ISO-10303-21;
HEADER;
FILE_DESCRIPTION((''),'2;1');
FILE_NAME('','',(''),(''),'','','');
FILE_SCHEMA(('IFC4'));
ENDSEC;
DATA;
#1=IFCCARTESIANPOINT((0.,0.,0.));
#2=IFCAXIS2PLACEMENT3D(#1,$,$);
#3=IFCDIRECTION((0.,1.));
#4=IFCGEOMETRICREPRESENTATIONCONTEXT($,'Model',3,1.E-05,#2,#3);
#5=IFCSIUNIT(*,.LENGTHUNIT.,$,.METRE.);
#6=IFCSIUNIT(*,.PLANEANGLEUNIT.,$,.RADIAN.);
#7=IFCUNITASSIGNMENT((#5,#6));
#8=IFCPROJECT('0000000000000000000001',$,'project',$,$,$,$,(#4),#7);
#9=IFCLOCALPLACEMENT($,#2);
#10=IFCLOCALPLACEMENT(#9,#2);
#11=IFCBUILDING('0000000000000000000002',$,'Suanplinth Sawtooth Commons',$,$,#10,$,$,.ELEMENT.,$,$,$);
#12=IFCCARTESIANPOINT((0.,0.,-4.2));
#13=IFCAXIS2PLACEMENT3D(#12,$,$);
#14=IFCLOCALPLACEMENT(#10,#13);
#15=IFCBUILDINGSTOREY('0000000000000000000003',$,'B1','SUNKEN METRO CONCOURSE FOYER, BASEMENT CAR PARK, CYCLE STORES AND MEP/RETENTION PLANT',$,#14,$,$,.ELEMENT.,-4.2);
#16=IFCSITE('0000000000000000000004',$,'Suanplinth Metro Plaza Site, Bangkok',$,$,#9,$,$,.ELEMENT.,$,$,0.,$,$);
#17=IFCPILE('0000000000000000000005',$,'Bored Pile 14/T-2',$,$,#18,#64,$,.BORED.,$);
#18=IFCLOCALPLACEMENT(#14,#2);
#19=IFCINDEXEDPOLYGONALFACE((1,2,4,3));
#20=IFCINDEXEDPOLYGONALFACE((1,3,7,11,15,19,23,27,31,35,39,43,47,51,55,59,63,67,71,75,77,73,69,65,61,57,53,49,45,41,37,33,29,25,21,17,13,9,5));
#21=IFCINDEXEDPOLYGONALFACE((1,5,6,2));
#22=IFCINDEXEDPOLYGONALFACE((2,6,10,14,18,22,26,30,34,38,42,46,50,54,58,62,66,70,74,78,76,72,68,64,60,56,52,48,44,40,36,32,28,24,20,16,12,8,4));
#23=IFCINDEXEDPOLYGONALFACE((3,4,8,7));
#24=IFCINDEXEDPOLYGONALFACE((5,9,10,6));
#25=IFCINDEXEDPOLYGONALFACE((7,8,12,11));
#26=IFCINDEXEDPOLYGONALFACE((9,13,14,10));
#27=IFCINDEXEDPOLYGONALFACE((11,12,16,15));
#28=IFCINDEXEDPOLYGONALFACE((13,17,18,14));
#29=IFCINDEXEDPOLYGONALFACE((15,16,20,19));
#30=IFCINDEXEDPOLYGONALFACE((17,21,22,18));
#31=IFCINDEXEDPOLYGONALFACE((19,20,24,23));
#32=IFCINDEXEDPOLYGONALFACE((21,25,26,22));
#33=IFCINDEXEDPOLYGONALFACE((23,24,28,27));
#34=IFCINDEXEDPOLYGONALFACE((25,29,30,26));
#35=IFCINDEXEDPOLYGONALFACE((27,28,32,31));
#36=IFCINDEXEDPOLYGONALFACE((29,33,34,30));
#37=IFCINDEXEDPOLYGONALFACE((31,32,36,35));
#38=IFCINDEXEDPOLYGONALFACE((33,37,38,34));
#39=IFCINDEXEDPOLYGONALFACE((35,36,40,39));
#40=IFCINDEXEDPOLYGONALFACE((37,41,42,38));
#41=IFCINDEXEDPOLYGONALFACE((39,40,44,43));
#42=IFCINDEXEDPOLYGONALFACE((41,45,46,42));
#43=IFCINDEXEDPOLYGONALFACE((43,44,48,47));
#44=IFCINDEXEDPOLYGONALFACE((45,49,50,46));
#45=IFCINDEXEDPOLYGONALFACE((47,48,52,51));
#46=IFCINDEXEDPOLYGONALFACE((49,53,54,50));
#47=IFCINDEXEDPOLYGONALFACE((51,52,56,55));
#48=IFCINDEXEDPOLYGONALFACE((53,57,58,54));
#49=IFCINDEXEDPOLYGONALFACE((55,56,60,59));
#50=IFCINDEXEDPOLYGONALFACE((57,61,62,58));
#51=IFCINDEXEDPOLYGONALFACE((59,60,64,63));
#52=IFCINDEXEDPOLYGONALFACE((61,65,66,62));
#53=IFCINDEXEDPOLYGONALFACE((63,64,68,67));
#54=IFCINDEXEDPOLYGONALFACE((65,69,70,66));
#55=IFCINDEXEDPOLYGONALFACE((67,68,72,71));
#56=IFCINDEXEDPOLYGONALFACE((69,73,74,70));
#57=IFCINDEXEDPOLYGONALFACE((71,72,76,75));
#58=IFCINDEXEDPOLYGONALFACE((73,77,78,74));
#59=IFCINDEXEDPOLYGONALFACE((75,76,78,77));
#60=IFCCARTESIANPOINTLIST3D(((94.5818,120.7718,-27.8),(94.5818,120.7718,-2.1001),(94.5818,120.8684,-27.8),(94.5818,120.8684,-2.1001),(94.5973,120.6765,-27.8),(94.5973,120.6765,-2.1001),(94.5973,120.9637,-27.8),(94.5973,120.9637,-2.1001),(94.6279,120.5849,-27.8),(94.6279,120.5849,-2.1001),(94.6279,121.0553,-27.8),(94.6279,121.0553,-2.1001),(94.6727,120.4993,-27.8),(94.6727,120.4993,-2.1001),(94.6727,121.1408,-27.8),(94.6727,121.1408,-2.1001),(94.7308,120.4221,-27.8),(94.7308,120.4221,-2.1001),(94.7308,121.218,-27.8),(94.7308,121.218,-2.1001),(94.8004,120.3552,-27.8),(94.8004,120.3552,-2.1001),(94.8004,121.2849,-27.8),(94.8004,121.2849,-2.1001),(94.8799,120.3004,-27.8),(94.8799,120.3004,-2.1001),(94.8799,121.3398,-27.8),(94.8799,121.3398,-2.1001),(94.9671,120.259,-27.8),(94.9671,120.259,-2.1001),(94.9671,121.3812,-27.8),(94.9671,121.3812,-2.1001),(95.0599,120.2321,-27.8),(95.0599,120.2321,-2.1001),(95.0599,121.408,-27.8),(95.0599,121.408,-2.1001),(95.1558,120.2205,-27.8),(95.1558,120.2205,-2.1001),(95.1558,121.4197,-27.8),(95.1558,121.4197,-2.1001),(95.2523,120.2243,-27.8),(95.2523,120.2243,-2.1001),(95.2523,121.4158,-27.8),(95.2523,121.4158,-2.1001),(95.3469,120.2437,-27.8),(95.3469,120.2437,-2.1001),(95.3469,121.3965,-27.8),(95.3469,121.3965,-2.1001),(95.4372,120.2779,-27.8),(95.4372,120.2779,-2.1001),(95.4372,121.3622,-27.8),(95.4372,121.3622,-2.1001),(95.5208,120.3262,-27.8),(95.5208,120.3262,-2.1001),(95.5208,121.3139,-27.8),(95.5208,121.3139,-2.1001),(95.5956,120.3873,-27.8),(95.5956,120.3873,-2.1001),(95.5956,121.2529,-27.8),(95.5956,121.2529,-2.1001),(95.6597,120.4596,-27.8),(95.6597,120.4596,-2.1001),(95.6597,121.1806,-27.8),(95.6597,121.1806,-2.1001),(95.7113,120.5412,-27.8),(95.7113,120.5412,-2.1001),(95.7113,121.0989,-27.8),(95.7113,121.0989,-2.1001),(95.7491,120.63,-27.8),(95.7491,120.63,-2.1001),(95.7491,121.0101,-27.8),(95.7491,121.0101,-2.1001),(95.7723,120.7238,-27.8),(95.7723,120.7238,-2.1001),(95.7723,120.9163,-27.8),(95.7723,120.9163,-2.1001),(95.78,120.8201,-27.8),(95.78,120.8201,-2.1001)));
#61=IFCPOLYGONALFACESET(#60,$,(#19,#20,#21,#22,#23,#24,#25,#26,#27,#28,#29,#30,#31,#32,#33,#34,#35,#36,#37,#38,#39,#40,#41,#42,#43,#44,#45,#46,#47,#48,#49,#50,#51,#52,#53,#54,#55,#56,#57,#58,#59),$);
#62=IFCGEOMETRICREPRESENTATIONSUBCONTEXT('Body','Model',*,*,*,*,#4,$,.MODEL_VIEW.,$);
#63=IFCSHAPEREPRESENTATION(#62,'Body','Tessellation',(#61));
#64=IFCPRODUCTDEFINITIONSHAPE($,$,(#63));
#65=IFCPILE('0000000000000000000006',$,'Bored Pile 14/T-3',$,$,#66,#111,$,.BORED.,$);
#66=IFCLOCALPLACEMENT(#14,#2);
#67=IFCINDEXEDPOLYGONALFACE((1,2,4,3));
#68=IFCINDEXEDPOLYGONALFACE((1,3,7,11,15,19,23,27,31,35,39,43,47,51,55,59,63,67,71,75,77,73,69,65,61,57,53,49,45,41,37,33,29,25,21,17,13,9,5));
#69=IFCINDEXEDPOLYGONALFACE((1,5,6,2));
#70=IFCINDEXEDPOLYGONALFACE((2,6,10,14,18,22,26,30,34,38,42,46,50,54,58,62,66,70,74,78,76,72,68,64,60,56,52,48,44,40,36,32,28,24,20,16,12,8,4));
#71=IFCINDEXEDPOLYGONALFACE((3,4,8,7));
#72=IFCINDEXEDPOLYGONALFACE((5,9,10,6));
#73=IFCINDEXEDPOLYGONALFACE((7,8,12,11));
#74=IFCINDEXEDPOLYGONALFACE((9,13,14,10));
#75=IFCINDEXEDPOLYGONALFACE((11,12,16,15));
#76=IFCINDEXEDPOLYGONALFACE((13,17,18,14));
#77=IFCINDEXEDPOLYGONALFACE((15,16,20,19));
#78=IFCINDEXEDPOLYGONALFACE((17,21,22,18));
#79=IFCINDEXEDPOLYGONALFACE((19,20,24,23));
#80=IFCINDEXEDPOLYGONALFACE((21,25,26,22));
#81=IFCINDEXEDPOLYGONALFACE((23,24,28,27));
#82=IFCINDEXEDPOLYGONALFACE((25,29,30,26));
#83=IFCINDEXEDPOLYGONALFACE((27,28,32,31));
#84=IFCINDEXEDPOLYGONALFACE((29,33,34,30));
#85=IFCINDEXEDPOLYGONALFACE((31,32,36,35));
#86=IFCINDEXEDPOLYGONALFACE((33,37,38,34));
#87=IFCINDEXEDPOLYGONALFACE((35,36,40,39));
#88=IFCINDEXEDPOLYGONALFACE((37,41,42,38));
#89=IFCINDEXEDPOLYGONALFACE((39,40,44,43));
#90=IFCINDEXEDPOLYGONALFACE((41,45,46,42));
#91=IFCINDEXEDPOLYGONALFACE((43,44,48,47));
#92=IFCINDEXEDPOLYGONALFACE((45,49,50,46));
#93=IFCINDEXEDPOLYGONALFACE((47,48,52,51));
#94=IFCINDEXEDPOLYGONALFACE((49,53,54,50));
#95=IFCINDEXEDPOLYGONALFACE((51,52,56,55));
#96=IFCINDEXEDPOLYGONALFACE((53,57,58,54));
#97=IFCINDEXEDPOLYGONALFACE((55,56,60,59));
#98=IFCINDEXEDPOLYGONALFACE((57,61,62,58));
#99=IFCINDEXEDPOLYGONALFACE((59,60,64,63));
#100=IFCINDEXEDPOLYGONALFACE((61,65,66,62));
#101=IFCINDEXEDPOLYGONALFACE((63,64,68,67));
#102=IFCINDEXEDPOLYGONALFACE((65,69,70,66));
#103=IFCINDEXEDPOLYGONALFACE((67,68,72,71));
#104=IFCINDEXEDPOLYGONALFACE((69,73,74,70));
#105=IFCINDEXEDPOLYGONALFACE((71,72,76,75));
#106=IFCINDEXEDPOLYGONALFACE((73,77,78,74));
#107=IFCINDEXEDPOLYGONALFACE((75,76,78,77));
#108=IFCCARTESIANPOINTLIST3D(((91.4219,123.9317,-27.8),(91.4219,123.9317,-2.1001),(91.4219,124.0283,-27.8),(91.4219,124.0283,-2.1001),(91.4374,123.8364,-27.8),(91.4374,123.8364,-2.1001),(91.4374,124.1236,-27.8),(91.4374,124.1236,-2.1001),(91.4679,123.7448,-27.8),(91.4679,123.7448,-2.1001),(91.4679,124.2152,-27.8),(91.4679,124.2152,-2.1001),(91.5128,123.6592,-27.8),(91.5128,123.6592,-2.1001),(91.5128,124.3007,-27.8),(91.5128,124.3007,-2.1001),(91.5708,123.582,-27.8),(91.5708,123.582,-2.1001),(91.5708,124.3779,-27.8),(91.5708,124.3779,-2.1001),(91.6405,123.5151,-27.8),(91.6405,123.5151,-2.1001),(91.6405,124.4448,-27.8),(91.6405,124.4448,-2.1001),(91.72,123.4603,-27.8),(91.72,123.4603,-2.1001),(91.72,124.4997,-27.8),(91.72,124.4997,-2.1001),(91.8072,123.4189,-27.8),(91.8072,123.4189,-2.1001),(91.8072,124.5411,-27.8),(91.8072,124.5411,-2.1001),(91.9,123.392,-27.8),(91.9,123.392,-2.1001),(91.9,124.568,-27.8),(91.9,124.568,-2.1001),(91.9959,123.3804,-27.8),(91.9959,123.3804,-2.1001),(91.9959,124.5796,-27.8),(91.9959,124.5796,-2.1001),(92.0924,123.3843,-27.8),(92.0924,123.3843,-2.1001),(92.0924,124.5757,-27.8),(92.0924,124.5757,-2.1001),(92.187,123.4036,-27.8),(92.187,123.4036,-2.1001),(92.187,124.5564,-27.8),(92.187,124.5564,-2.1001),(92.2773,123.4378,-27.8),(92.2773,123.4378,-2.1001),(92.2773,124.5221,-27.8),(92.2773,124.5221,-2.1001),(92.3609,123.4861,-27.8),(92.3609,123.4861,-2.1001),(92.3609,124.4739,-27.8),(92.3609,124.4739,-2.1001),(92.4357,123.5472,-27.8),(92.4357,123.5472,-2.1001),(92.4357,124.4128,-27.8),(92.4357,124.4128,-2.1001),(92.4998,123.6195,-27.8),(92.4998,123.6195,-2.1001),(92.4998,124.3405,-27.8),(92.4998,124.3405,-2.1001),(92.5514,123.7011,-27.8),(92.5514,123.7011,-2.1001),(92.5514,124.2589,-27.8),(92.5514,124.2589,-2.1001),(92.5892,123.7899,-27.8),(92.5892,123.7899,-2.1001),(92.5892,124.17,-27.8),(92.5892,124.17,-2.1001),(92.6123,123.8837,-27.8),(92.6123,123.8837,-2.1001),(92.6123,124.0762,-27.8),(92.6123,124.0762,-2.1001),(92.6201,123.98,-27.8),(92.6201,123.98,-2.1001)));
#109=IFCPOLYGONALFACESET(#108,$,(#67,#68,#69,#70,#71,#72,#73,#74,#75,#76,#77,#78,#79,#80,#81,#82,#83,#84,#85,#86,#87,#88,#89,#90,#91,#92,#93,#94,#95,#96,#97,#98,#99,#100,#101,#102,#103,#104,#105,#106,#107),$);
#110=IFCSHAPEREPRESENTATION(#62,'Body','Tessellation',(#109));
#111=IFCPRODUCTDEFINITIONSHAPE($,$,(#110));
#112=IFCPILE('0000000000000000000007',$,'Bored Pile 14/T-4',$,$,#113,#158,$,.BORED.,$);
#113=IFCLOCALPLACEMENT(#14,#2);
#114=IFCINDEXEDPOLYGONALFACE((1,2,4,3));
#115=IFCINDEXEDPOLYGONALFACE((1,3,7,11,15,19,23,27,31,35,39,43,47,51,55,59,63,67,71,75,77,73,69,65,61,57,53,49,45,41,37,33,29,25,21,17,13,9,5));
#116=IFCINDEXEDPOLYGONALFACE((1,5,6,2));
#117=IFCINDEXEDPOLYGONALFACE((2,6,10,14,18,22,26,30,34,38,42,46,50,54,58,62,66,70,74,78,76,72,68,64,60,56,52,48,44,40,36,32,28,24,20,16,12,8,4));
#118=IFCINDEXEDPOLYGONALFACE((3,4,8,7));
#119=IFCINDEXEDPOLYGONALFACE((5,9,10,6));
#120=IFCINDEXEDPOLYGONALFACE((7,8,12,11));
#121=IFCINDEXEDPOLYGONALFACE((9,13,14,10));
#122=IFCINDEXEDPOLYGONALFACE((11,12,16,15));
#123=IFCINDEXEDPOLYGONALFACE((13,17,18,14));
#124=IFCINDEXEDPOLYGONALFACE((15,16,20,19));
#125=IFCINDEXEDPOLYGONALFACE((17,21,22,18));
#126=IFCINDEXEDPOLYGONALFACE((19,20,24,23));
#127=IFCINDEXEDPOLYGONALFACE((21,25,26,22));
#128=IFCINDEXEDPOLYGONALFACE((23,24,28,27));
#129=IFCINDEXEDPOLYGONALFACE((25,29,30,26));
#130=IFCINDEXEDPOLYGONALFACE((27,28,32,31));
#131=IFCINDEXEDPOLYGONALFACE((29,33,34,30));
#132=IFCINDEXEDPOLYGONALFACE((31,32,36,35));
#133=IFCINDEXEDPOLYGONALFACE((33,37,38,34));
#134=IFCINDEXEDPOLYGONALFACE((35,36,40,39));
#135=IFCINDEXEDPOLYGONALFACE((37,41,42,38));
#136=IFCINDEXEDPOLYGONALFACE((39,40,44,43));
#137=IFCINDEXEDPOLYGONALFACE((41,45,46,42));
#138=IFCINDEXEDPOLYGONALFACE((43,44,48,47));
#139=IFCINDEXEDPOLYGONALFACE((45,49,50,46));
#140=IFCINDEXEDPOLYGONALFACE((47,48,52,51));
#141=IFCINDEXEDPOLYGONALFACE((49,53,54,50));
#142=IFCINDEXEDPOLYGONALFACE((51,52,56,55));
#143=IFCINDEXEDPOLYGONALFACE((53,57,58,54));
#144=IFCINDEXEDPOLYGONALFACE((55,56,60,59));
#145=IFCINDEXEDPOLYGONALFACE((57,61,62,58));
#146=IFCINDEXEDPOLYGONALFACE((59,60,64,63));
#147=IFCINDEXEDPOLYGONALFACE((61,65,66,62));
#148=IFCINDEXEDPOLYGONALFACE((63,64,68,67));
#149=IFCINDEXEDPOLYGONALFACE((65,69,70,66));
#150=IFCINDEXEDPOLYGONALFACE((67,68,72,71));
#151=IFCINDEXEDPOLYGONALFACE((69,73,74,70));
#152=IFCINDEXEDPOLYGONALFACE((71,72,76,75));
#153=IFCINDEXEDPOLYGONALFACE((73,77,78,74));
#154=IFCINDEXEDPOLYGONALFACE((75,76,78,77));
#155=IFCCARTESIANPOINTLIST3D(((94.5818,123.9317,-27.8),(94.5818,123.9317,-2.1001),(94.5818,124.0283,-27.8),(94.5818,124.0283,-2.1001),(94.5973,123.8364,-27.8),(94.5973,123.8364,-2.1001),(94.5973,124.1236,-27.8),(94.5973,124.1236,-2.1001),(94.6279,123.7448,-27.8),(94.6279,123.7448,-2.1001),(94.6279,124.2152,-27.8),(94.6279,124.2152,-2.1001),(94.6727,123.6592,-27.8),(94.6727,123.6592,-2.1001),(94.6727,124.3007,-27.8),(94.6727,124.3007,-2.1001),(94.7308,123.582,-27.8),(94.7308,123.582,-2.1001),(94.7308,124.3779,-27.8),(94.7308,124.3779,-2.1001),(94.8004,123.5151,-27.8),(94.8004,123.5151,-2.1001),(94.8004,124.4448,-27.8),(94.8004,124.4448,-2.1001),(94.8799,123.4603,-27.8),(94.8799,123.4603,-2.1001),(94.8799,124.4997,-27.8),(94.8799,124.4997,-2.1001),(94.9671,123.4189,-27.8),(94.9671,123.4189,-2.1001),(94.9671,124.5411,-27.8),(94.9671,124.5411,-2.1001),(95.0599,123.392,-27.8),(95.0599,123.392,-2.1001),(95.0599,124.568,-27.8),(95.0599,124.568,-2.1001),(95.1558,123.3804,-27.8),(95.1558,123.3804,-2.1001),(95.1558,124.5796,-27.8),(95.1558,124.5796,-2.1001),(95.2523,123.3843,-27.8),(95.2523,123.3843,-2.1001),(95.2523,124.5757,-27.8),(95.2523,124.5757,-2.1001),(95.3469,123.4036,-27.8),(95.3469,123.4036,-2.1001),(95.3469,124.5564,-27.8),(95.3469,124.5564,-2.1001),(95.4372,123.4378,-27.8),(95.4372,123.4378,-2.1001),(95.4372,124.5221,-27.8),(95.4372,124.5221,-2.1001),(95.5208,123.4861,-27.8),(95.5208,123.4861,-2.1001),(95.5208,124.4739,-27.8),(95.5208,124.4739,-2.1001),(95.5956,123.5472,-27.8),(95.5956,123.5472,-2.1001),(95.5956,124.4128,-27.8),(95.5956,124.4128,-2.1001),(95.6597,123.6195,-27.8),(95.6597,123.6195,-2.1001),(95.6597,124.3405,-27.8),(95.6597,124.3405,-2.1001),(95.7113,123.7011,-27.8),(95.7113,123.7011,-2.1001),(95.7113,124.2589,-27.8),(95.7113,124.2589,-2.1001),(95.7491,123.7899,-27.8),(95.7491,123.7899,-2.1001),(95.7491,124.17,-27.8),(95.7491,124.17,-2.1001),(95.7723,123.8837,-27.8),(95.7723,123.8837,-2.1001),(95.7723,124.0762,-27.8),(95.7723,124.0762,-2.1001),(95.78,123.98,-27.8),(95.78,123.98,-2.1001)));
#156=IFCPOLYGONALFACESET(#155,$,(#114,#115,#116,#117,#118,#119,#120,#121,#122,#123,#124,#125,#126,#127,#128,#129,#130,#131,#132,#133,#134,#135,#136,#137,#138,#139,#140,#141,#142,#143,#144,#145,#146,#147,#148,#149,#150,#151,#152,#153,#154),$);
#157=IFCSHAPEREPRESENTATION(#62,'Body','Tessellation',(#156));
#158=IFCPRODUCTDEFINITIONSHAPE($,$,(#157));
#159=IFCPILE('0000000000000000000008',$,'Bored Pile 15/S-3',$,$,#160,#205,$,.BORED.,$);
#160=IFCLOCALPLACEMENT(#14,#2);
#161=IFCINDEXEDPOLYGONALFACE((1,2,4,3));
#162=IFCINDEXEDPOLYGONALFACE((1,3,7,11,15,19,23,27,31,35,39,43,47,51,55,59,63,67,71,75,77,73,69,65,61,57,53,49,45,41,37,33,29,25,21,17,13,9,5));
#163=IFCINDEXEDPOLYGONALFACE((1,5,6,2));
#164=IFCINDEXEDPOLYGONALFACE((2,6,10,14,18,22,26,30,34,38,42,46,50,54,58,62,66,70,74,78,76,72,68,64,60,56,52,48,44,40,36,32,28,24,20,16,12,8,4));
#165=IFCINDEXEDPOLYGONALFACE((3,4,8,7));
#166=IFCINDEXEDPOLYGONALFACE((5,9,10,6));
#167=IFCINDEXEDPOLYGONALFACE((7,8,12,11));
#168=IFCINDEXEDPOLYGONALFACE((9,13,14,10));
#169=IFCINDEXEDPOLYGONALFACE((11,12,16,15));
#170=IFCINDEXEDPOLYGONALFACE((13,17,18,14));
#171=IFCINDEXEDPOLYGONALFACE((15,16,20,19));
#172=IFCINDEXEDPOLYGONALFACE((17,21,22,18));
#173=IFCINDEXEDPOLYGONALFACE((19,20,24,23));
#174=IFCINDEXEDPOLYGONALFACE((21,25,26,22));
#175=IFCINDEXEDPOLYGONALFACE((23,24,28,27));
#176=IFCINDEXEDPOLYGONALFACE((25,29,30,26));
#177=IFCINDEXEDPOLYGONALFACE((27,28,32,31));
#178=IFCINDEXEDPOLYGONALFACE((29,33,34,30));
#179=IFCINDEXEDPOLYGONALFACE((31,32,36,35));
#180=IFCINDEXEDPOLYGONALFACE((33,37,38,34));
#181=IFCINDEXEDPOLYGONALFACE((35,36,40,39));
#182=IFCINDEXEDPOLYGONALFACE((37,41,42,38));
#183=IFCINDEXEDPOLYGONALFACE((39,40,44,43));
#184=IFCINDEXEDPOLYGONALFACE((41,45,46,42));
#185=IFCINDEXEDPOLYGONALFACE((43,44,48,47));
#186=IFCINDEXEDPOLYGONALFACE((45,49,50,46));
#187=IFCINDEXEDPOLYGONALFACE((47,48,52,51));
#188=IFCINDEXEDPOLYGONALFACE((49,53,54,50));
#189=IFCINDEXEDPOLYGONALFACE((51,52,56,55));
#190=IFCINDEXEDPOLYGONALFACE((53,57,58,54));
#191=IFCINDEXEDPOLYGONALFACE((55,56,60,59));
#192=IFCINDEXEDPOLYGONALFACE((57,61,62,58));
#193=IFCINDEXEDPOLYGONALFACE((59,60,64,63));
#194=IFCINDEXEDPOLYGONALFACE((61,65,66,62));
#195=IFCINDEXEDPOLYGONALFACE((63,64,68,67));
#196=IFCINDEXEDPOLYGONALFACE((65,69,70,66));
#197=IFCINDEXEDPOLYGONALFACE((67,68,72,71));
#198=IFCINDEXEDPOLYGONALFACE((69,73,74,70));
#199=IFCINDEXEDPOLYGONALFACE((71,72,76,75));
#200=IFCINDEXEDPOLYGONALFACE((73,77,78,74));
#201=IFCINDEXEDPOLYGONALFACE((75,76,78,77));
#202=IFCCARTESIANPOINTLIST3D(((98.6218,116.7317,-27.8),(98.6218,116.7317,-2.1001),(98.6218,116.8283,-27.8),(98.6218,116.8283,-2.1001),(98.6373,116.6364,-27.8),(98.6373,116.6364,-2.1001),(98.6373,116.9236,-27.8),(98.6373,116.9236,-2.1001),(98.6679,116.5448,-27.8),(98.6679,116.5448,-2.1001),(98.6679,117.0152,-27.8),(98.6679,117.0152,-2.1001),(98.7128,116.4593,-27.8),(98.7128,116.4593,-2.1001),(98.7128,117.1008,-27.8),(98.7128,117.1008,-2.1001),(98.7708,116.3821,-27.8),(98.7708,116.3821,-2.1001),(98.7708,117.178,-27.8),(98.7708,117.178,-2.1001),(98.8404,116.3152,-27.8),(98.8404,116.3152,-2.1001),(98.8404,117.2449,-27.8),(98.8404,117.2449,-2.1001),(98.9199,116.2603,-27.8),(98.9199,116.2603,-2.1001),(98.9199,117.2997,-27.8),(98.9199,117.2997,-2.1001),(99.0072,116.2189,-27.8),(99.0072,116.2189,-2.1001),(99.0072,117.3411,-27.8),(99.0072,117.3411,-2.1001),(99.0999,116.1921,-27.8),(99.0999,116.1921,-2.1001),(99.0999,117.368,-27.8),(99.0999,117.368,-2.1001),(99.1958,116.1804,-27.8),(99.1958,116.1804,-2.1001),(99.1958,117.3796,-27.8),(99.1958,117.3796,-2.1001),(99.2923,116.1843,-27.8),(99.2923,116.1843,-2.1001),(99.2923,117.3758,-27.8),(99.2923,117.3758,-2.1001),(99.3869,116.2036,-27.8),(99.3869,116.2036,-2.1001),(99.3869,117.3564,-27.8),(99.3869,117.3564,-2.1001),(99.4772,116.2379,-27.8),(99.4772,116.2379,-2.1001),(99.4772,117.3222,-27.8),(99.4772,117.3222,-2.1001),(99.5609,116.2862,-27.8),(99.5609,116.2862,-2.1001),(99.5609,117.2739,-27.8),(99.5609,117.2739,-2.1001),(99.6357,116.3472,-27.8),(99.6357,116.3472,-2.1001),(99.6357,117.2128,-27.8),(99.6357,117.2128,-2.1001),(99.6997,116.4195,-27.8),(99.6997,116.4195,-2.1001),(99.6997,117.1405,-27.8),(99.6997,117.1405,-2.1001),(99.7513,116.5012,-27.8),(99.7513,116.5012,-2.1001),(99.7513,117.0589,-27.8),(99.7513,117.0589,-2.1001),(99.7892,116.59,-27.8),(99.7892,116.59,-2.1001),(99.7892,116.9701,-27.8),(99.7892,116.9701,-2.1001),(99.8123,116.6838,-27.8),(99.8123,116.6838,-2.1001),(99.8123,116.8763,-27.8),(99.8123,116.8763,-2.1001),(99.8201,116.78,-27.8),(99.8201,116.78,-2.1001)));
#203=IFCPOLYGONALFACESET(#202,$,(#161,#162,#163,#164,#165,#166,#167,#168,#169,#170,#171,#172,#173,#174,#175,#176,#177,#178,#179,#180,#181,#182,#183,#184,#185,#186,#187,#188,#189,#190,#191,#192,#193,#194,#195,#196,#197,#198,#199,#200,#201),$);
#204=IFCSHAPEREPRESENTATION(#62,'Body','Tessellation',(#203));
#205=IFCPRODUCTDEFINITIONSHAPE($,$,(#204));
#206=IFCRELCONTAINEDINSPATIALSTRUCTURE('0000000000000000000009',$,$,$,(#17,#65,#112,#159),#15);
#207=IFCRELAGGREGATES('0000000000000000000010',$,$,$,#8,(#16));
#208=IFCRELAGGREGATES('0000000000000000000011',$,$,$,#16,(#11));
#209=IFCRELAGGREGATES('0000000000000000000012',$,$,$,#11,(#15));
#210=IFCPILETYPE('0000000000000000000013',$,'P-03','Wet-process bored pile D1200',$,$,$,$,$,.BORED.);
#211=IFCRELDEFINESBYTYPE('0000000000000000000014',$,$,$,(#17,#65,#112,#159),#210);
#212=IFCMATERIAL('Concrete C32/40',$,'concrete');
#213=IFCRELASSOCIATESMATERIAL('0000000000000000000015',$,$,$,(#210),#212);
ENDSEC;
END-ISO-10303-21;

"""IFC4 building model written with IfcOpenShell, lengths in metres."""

from ifc_helpers import new_model, si_unit, direction, frame, origin, origin_2d, place, context, subcontext, project, spatial, circle, extrude, material, material_profile, profile_set, type_object, element, save


model = new_model("IFC4")

# Units and contexts
model_context = context("Model", 3, precision=1e-05, world=origin(), true_north=direction((0.0, 1.0)))
body_context = subcontext(model_context, "Body", "Model", "MODEL_VIEW")
ifc_project = project(units=[si_unit("LENGTHUNIT", "METRE"), si_unit("PLANEANGLEUNIT", "RADIAN")], contexts=[model_context])

# Site, building, storey
site_placement = place(None, origin())
site = spatial("IfcSite", under=ifc_project, at=site_placement, Name="Suanplinth Metro Plaza Site, Bangkok", CompositionType="ELEMENT", RefElevation=0.0)
building_placement = place(site_placement, origin())
building = spatial("IfcBuilding", under=site, at=building_placement, Name="Suanplinth Sawtooth Commons", CompositionType="ELEMENT")
storey_placement = place(building_placement, frame((0.0, 0.0, -4.2)))
storey = spatial("IfcBuildingStorey", under=building, at=storey_placement, Name="B1", Description="SUNKEN METRO CONCOURSE FOYER, BASEMENT CAR PARK, CYCLE STORES AND MEP/RETENTION PLANT", CompositionType="ELEMENT", Elevation=-4.2)

# Piles
ifc_material_1 = material(Name="Concrete C32/40", Category="concrete")
ifc_material_profile_1 = material_profile(ifc_material_1, circle(Radius=0.6001, at=origin_2d()), Name="PILE D1200")
ifc_profile_set_1 = profile_set([ifc_material_profile_1], Name="Concrete C32/40")
pile_type = type_object("IfcPileType", Name="P-03", Description="Wet-process bored pile D1200", PredefinedType="BORED", material=ifc_profile_set_1)
for number, where, z_axis, x_axis, name in (
    (1, (95.1799, 120.8201, -2.1001), (0.0, 0.0, -1.0), (1.0, 0.0, 0.0), "Bored Pile 14/T-2"),
    (2, (92.02, 123.98, -2.1001), (0.0, 0.0, -1.0), (1.0, 0.0, 0.0), "Bored Pile 14/T-3"),
    (3, (95.1799, 123.98, -2.1001), (0.0, 0.0, -1.0), (1.0, 0.0, 0.0), "Bored Pile 14/T-4"),
    (4, (99.22, 116.78, -2.1001), (0.0, 0.0, -1.0), (1.0, 0.0, 0.0), "Bored Pile 15/S-3"),
):
    element("IfcPile", number, at=place(storey_placement, frame(where, z_axis=z_axis, x_axis=x_axis)), inside=storey, type_object=pile_type, Name=name, PredefinedType="BORED", context=body_context, shape_type="SweptSolid", body=[
        extrude(circle(Radius=0.6001, at=origin_2d()), origin(), (0.0, 0.0, 1.0), 25.7),
    ])

save(model, "model.ifc")
